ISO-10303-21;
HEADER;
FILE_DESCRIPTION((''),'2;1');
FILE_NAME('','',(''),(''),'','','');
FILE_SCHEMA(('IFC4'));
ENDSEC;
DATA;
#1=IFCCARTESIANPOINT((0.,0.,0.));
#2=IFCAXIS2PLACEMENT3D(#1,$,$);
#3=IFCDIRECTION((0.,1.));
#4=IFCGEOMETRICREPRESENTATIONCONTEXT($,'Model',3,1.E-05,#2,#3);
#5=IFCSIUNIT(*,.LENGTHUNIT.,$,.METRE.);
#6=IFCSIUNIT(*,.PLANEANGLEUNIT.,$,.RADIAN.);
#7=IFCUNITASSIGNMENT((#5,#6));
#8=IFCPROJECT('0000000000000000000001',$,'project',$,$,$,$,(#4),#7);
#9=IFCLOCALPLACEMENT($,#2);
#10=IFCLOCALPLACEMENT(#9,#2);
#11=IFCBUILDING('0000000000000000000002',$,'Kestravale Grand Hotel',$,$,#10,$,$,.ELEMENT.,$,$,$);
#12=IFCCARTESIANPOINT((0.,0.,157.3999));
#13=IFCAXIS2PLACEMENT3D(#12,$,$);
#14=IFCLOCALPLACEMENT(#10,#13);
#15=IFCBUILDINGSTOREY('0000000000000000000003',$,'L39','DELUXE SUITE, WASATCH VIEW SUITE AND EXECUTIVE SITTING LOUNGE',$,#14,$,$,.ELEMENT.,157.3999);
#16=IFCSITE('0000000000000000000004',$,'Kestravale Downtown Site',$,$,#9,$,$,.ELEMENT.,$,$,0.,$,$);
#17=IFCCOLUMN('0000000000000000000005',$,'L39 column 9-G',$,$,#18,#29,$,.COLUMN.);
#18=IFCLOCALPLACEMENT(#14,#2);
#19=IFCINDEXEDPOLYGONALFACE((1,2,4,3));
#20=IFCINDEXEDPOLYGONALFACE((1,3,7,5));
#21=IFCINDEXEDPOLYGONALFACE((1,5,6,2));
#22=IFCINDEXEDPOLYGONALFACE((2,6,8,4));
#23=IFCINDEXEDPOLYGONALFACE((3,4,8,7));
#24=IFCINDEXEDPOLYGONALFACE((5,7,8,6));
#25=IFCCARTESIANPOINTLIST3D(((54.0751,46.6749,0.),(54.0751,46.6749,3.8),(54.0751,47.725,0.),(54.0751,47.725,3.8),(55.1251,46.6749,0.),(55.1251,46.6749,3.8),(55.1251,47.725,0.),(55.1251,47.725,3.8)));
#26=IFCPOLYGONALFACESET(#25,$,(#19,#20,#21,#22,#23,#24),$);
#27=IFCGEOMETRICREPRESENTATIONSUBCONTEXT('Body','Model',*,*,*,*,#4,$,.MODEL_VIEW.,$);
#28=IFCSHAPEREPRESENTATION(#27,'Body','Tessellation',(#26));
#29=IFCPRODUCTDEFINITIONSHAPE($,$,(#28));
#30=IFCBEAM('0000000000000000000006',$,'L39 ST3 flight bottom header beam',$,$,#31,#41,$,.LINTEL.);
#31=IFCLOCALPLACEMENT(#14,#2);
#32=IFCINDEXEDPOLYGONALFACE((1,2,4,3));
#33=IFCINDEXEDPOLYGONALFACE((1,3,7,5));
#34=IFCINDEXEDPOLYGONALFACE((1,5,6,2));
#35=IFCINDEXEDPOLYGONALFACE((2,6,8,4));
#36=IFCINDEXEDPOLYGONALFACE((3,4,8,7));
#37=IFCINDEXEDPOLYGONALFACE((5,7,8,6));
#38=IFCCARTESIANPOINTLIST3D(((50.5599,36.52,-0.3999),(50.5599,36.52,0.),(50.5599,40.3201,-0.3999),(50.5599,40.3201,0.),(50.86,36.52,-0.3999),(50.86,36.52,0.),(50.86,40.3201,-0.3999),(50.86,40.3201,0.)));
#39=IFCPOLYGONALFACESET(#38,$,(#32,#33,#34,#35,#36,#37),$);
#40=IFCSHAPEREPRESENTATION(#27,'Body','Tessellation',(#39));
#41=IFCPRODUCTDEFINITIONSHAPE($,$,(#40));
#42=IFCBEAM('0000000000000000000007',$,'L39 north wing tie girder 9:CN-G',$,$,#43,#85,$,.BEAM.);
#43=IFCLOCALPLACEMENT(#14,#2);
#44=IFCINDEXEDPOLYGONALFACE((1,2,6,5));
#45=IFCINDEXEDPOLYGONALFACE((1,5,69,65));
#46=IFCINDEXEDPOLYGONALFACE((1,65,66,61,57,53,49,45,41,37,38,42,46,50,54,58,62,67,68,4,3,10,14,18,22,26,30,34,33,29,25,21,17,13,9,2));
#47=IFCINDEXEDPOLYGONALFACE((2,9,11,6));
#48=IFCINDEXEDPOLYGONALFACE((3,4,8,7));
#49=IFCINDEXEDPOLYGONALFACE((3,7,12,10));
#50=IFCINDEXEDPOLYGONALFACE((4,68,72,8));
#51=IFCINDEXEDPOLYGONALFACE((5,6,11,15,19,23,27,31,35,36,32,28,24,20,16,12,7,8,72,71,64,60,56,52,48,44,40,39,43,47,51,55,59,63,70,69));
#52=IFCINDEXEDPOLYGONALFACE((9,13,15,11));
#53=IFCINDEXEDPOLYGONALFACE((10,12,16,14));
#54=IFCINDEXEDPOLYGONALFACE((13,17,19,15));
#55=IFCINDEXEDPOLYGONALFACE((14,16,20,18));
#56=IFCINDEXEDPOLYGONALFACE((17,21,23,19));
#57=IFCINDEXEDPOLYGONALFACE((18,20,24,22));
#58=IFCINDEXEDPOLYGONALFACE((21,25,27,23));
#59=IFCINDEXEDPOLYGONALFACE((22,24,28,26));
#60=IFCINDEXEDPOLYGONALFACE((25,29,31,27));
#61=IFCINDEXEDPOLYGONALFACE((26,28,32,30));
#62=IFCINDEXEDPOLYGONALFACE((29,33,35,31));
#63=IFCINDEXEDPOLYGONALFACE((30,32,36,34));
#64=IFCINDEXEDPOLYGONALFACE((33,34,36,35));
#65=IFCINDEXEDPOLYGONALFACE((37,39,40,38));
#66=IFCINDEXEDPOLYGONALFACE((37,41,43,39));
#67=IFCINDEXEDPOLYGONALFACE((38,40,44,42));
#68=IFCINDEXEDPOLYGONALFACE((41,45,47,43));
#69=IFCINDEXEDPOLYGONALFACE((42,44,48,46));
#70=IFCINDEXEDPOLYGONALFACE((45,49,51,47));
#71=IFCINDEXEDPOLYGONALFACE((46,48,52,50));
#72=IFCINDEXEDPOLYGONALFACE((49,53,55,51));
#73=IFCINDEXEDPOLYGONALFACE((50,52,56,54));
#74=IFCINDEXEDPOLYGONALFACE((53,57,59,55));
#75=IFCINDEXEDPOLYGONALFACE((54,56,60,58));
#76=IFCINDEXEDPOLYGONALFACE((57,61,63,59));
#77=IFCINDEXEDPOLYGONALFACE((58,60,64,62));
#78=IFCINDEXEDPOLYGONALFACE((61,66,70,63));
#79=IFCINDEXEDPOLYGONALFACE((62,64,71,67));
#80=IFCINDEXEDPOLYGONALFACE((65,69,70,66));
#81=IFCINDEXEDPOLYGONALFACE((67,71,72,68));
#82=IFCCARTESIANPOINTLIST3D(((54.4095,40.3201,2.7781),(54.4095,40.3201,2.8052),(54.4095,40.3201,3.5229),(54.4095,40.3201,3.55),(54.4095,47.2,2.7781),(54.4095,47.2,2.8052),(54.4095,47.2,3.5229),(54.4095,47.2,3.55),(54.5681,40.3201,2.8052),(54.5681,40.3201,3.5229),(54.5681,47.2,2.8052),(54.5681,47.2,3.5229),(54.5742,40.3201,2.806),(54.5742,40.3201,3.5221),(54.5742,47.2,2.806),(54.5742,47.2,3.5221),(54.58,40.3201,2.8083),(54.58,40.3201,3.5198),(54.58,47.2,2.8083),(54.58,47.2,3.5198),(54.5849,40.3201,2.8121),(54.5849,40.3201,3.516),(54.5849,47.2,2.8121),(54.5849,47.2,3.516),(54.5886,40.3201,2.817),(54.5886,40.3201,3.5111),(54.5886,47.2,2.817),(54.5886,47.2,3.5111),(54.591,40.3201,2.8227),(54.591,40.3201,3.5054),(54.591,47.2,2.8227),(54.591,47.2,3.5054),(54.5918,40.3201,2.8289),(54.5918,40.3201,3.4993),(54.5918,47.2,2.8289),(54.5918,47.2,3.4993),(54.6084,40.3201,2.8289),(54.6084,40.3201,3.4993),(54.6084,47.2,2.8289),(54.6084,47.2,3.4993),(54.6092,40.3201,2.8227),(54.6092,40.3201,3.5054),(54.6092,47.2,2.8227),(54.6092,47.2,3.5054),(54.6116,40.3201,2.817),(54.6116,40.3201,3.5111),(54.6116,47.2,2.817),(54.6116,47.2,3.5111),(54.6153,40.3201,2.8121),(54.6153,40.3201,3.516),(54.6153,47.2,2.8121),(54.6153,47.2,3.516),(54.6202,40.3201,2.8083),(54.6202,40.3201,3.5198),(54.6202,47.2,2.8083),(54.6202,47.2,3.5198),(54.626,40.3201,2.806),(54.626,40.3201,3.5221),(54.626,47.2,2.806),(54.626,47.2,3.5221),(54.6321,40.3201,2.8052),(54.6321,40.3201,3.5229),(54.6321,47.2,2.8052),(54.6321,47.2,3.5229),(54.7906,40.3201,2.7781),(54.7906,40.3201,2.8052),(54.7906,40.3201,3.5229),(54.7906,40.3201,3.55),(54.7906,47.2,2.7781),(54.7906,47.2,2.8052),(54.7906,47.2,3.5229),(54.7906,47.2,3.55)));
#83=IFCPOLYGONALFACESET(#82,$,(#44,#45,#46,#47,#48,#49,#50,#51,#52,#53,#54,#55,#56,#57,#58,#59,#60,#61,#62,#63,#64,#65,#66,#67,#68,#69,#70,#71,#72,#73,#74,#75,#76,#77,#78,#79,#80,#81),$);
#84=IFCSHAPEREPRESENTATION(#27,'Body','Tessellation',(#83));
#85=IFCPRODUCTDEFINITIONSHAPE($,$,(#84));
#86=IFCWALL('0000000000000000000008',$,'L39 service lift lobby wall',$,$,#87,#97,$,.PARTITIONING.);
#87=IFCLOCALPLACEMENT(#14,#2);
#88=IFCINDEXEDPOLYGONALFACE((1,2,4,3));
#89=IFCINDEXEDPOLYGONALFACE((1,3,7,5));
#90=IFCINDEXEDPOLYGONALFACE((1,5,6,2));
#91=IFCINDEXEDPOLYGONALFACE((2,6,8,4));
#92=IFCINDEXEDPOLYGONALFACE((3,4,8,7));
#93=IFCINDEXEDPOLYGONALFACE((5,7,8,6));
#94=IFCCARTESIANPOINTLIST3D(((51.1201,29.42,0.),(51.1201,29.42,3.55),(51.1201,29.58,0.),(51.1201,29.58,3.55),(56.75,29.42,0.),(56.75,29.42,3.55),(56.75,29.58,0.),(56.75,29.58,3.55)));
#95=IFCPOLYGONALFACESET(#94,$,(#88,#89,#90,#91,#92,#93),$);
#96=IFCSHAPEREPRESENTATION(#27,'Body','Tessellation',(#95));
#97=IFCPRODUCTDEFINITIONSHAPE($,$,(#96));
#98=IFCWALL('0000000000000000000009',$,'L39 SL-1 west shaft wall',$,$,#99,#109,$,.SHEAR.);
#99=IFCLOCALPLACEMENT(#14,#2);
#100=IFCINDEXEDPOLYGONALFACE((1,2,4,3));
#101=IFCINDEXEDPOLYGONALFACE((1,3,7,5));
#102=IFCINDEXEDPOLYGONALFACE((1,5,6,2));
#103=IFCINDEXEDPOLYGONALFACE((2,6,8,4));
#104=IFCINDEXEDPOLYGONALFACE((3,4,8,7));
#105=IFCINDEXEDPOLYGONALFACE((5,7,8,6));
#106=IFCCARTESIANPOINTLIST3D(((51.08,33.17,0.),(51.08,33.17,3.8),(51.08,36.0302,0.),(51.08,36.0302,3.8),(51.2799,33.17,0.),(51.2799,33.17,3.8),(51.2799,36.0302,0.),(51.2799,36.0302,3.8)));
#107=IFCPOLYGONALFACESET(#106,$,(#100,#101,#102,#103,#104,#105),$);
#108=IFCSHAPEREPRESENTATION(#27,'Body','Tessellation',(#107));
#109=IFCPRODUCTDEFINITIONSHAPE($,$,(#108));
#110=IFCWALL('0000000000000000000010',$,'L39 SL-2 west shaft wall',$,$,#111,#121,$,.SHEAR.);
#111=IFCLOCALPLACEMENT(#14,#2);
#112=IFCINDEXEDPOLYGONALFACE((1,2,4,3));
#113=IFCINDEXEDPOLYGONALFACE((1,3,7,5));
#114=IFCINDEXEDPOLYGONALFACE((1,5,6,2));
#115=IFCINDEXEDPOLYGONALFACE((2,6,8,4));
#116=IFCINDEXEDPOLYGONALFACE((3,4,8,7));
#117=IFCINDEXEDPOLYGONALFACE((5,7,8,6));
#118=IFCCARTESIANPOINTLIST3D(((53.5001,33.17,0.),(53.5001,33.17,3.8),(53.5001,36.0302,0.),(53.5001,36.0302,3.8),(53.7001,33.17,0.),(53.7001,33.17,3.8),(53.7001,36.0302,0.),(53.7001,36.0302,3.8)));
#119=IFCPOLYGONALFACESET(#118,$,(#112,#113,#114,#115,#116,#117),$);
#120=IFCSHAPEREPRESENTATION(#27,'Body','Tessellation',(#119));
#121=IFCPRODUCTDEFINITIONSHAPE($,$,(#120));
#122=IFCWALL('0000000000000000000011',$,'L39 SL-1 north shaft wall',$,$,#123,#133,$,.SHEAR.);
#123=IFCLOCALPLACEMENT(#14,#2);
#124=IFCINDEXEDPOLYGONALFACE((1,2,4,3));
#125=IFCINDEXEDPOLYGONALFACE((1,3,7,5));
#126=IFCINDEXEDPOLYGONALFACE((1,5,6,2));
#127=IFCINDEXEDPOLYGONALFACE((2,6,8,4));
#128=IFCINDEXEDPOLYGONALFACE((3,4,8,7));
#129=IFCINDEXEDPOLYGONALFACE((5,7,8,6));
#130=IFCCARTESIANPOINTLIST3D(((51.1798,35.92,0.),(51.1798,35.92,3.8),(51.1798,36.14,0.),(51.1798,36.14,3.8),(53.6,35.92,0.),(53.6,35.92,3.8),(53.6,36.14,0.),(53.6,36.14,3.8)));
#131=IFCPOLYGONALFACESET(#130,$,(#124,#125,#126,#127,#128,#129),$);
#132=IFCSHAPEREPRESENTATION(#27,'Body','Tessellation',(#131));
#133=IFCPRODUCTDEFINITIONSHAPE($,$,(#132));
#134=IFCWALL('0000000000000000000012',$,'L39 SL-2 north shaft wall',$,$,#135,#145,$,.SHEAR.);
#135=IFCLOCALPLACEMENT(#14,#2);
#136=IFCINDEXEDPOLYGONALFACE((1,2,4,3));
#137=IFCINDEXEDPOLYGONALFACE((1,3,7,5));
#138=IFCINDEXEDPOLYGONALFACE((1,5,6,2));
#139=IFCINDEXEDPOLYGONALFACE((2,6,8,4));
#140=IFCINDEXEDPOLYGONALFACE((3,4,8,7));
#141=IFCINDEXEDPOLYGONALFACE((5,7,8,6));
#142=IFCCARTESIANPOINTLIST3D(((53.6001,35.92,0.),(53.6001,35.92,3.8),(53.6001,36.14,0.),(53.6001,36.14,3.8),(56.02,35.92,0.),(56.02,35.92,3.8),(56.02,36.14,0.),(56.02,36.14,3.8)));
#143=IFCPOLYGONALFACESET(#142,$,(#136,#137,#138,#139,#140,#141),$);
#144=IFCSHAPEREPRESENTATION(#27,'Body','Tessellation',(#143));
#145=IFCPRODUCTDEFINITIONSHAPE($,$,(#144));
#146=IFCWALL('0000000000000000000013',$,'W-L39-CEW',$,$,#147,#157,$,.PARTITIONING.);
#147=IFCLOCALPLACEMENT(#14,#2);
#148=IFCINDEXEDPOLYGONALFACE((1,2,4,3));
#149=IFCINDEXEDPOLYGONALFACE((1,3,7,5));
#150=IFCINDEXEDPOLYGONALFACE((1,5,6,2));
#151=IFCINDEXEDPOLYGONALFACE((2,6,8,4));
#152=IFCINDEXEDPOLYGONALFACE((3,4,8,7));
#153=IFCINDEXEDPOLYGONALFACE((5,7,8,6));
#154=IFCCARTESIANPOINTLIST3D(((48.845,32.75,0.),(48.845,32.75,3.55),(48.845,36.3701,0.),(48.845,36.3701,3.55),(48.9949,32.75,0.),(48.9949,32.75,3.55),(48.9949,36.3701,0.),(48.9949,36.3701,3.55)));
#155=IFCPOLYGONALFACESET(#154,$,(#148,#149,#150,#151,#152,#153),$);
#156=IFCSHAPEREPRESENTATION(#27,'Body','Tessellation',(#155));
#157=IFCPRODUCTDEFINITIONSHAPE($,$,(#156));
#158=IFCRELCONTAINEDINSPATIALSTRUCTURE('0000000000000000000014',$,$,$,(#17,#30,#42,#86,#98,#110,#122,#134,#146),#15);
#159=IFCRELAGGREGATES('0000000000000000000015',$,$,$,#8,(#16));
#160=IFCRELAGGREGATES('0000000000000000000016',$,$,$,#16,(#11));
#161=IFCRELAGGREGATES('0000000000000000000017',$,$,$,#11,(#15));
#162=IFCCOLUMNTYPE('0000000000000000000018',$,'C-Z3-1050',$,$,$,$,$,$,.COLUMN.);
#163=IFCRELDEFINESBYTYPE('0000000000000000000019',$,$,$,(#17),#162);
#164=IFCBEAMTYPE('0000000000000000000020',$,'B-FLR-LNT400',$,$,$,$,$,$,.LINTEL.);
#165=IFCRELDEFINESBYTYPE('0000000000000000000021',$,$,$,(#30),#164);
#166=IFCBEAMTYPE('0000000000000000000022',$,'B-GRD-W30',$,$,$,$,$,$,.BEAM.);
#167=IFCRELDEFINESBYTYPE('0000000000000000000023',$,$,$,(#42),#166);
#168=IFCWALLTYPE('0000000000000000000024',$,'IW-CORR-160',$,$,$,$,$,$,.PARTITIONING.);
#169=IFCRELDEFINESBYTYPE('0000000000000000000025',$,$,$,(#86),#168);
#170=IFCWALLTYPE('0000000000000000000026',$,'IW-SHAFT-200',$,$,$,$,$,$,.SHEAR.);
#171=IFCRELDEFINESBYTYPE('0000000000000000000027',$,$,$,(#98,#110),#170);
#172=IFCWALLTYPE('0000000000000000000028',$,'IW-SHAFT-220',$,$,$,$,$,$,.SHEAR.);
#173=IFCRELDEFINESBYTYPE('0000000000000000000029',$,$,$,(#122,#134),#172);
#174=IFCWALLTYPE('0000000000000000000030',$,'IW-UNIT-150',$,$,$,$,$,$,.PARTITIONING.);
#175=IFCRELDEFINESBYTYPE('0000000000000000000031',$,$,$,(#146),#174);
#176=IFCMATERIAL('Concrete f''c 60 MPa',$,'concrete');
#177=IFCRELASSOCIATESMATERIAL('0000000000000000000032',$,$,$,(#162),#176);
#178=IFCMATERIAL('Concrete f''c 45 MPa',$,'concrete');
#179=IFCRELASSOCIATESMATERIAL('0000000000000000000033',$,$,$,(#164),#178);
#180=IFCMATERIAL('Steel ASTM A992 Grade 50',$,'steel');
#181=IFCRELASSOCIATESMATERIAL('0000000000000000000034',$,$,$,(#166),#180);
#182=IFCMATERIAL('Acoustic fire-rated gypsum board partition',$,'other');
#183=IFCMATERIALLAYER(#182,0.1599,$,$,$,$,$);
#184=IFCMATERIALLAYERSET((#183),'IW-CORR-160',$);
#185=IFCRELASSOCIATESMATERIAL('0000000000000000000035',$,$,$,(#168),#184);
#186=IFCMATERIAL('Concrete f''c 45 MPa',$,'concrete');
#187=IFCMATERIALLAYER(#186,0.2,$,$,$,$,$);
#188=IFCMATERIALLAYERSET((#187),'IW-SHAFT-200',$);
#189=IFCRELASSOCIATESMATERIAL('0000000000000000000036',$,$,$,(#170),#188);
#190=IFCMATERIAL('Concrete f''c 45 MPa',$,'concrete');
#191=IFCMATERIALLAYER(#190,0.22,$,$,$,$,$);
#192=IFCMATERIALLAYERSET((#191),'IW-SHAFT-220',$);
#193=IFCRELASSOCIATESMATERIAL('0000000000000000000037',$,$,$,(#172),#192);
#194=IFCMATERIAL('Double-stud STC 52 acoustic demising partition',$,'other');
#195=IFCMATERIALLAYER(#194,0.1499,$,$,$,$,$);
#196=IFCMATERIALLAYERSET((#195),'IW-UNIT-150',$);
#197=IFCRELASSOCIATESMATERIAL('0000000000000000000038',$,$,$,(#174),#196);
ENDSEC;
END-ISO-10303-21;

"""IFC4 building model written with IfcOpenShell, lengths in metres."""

from ifc_helpers import new_model, si_unit, direction, frame, frame_2d, origin, origin_2d, place, context, subcontext, project, spatial, rectangle, i_section, extrude, material, layer, layer_set, material_profile, profile_set, type_object, element, save


model = new_model("IFC4")

# Units and contexts
model_context = context("Model", 3, precision=1e-05, world=origin(), true_north=direction((0.0, 1.0)))
body_context = subcontext(model_context, "Body", "Model", "MODEL_VIEW")
ifc_project = project(units=[si_unit("LENGTHUNIT", "METRE"), si_unit("PLANEANGLEUNIT", "RADIAN")], contexts=[model_context])

# Site, building, storey
site_placement = place(None, origin())
site = spatial("IfcSite", under=ifc_project, at=site_placement, Name="Kestravale Downtown Site", CompositionType="ELEMENT", RefElevation=0.0)
building_placement = place(site_placement, origin())
building = spatial("IfcBuilding", under=site, at=building_placement, Name="Kestravale Grand Hotel", CompositionType="ELEMENT")
storey_placement = place(building_placement, frame((0.0, 0.0, 157.3999)))
storey = spatial("IfcBuildingStorey", under=building, at=storey_placement, Name="L39", Description="DELUXE SUITE, WASATCH VIEW SUITE AND EXECUTIVE SITTING LOUNGE", CompositionType="ELEMENT", Elevation=157.3999)

# Column
ifc_material_1 = material(Name="Concrete f'c 60 MPa", Category="concrete")
ifc_material_profile_1 = material_profile(ifc_material_1, rectangle(XDim=1.05, YDim=1.05, at=origin_2d()))
ifc_profile_set_1 = profile_set([ifc_material_profile_1], Name="Concrete f'c 60 MPa")
column_type = type_object("IfcColumnType", Name="C-Z3-1050", PredefinedType="COLUMN", material=ifc_profile_set_1)
column_placement = place(storey_placement, frame((54.6001, 47.2, 0.0), z_axis=(0.0, 0.0, 1.0), x_axis=(1.0, 0.0, 0.0)))
element("IfcColumn", 1, at=column_placement, inside=storey, type_object=column_type, Name="L39 column 9-G", PredefinedType="COLUMN", context=body_context, shape_type="SweptSolid", body=[
    extrude(rectangle(XDim=1.05, YDim=1.05, at=origin_2d()), origin(), (0.0, 0.0, 1.0), 3.8),
])

# Beams
ifc_material_2 = material(Name="Concrete f'c 45 MPa", Category="concrete")
ifc_material_profile_2 = material_profile(ifc_material_2, rectangle(XDim=0.3, YDim=0.3999, at=origin_2d()))
ifc_profile_set_2 = profile_set([ifc_material_profile_2], Name="Concrete f'c 45 MPa")
beam_type_1 = type_object("IfcBeamType", Name="B-FLR-LNT400", PredefinedType="LINTEL", material=ifc_profile_set_2)
beam_1_placement = place(storey_placement, frame((50.71, 36.52, -0.2), z_axis=(0.0, 1.0, 0.0), x_axis=(-1.0, 0.0, 0.0)))
element("IfcBeam", 2, at=beam_1_placement, inside=storey, type_object=beam_type_1, Name="L39 ST3 flight bottom header beam", PredefinedType="LINTEL", context=body_context, shape_type="SweptSolid", body=[
    extrude(rectangle(XDim=0.3, YDim=0.3999, at=origin_2d()), origin(), (0.0, 0.0, 1.0), 3.8),
])
ifc_material_3 = material(Name="Steel ASTM A992 Grade 50", Category="steel")
ifc_material_profile_3 = material_profile(ifc_material_3, i_section(OverallWidth=0.3811, OverallDepth=0.772, WebThickness=0.0166, FlangeThickness=0.0271, FilletRadius=0.0237, at=origin_2d()))
ifc_profile_set_3 = profile_set([ifc_material_profile_3], Name="Steel ASTM A992 Grade 50")
beam_type_2 = type_object("IfcBeamType", Name="B-GRD-W30", PredefinedType="BEAM", material=ifc_profile_set_3)
beam_2_placement = place(storey_placement, frame((54.6001, 40.3201, 3.1641), z_axis=(0.0, 1.0, 0.0), x_axis=(-1.0, 0.0, 0.0)))
element("IfcBeam", 3, at=beam_2_placement, inside=storey, type_object=beam_type_2, Name="L39 north wing tie girder 9:CN-G", PredefinedType="BEAM", context=body_context, shape_type="SweptSolid", body=[
    extrude(i_section(OverallWidth=0.3811, OverallDepth=0.772, WebThickness=0.0166, FlangeThickness=0.0271, FilletRadius=0.0237, at=origin_2d()), origin(), (0.0, 0.0, 1.0), 6.8799),
])

# Shared definitions
ifc_material_4 = material(Name="Acoustic fire-rated gypsum board partition", Category="other")
ifc_layer_1 = layer(ifc_material_4, 0.1599)
ifc_layer_set_1 = layer_set([ifc_layer_1], Name="IW-CORR-160")
wall_type_1 = type_object("IfcWallType", Name="IW-CORR-160", PredefinedType="PARTITIONING", material=ifc_layer_set_1)

# Walls
wall_1_placement = place(storey_placement, frame((51.1201, 29.5, 0.0), z_axis=(0.0, 0.0, 1.0), x_axis=(1.0, 0.0, 0.0)))
element("IfcWall", 4, at=wall_1_placement, inside=storey, type_object=wall_type_1, Name="L39 service lift lobby wall", PredefinedType="PARTITIONING", context=body_context, shape_type="SweptSolid", body=[
    extrude(rectangle(XDim=5.6299, YDim=0.1599, at=frame_2d((2.8149, 0.0))), origin(), (0.0, 0.0, 1.0), 3.55),
])
ifc_material_5 = material(Name="Concrete f'c 45 MPa", Category="concrete")
ifc_layer_2 = layer(ifc_material_5, 0.2)
ifc_layer_set_2 = layer_set([ifc_layer_2], Name="IW-SHAFT-200")
wall_type_2 = type_object("IfcWallType", Name="IW-SHAFT-200", PredefinedType="SHEAR", material=ifc_layer_set_2)
for number, where, z_axis, x_axis, name in (
    (5, (51.1799, 33.1699, 0.0), (0.0, 0.0, 1.0), (0.0, 1.0, 0.0), "L39 SL-1 west shaft wall"),
    (6, (53.6001, 33.1699, 0.0), (0.0, 0.0, 1.0), (0.0, 1.0, 0.0), "L39 SL-2 west shaft wall"),
):
    element("IfcWall", number, at=place(storey_placement, frame(where, z_axis=z_axis, x_axis=x_axis)), inside=storey, type_object=wall_type_2, Name=name, PredefinedType="SHEAR", context=body_context, shape_type="SweptSolid", body=[
        extrude(rectangle(XDim=2.8601, YDim=0.2, at=frame_2d((1.4302, 0.0))), origin(), (0.0, 0.0, 1.0), 3.8),
    ])
ifc_material_6 = material(Name="Concrete f'c 45 MPa", Category="concrete")
ifc_layer_3 = layer(ifc_material_6, 0.22)
ifc_layer_set_3 = layer_set([ifc_layer_3], Name="IW-SHAFT-220")
wall_type_3 = type_object("IfcWallType", Name="IW-SHAFT-220", PredefinedType="SHEAR", material=ifc_layer_set_3)
wall_2_placement = place(storey_placement, frame((51.1799, 36.03, 0.0), z_axis=(0.0, 0.0, 1.0), x_axis=(1.0, 0.0, 0.0)))
element("IfcWall", 7, at=wall_2_placement, inside=storey, type_object=wall_type_3, Name="L39 SL-1 north shaft wall", PredefinedType="SHEAR", context=body_context, shape_type="SweptSolid", body=[
    extrude(rectangle(XDim=2.4202, YDim=0.22, at=frame_2d((1.21, 0.0))), origin(), (0.0, 0.0, 1.0), 3.8),
])

# Wall
wall_3_placement = place(storey_placement, frame((53.6001, 36.03, 0.0), z_axis=(0.0, 0.0, 1.0), x_axis=(1.0, 0.0, 0.0)))
element("IfcWall", 8, at=wall_3_placement, inside=storey, type_object=wall_type_3, Name="L39 SL-2 north shaft wall", PredefinedType="SHEAR", context=body_context, shape_type="SweptSolid", body=[
    extrude(rectangle(XDim=2.4199, YDim=0.22, at=frame_2d((1.21, 0.0))), origin(), (0.0, 0.0, 1.0), 3.8),
])

# Wall
ifc_material_7 = material(Name="Double-stud STC 52 acoustic demising partition", Category="other")
ifc_layer_4 = layer(ifc_material_7, 0.1499)
ifc_layer_set_4 = layer_set([ifc_layer_4], Name="IW-UNIT-150")
wall_type_4 = type_object("IfcWallType", Name="IW-UNIT-150", PredefinedType="PARTITIONING", material=ifc_layer_set_4)
wall_4_placement = place(storey_placement, frame((48.9199, 32.75, 0.0), z_axis=(0.0, 0.0, 1.0), x_axis=(0.0, 1.0, 0.0)))
element("IfcWall", 9, at=wall_4_placement, inside=storey, type_object=wall_type_4, Name="W-L39-CEW", PredefinedType="PARTITIONING", context=body_context, shape_type="SweptSolid", body=[
    extrude(rectangle(XDim=3.6201, YDim=0.1499, at=frame_2d((1.8101, 0.0))), origin(), (0.0, 0.0, 1.0), 3.55),
])

save(model, "model.ifc")
